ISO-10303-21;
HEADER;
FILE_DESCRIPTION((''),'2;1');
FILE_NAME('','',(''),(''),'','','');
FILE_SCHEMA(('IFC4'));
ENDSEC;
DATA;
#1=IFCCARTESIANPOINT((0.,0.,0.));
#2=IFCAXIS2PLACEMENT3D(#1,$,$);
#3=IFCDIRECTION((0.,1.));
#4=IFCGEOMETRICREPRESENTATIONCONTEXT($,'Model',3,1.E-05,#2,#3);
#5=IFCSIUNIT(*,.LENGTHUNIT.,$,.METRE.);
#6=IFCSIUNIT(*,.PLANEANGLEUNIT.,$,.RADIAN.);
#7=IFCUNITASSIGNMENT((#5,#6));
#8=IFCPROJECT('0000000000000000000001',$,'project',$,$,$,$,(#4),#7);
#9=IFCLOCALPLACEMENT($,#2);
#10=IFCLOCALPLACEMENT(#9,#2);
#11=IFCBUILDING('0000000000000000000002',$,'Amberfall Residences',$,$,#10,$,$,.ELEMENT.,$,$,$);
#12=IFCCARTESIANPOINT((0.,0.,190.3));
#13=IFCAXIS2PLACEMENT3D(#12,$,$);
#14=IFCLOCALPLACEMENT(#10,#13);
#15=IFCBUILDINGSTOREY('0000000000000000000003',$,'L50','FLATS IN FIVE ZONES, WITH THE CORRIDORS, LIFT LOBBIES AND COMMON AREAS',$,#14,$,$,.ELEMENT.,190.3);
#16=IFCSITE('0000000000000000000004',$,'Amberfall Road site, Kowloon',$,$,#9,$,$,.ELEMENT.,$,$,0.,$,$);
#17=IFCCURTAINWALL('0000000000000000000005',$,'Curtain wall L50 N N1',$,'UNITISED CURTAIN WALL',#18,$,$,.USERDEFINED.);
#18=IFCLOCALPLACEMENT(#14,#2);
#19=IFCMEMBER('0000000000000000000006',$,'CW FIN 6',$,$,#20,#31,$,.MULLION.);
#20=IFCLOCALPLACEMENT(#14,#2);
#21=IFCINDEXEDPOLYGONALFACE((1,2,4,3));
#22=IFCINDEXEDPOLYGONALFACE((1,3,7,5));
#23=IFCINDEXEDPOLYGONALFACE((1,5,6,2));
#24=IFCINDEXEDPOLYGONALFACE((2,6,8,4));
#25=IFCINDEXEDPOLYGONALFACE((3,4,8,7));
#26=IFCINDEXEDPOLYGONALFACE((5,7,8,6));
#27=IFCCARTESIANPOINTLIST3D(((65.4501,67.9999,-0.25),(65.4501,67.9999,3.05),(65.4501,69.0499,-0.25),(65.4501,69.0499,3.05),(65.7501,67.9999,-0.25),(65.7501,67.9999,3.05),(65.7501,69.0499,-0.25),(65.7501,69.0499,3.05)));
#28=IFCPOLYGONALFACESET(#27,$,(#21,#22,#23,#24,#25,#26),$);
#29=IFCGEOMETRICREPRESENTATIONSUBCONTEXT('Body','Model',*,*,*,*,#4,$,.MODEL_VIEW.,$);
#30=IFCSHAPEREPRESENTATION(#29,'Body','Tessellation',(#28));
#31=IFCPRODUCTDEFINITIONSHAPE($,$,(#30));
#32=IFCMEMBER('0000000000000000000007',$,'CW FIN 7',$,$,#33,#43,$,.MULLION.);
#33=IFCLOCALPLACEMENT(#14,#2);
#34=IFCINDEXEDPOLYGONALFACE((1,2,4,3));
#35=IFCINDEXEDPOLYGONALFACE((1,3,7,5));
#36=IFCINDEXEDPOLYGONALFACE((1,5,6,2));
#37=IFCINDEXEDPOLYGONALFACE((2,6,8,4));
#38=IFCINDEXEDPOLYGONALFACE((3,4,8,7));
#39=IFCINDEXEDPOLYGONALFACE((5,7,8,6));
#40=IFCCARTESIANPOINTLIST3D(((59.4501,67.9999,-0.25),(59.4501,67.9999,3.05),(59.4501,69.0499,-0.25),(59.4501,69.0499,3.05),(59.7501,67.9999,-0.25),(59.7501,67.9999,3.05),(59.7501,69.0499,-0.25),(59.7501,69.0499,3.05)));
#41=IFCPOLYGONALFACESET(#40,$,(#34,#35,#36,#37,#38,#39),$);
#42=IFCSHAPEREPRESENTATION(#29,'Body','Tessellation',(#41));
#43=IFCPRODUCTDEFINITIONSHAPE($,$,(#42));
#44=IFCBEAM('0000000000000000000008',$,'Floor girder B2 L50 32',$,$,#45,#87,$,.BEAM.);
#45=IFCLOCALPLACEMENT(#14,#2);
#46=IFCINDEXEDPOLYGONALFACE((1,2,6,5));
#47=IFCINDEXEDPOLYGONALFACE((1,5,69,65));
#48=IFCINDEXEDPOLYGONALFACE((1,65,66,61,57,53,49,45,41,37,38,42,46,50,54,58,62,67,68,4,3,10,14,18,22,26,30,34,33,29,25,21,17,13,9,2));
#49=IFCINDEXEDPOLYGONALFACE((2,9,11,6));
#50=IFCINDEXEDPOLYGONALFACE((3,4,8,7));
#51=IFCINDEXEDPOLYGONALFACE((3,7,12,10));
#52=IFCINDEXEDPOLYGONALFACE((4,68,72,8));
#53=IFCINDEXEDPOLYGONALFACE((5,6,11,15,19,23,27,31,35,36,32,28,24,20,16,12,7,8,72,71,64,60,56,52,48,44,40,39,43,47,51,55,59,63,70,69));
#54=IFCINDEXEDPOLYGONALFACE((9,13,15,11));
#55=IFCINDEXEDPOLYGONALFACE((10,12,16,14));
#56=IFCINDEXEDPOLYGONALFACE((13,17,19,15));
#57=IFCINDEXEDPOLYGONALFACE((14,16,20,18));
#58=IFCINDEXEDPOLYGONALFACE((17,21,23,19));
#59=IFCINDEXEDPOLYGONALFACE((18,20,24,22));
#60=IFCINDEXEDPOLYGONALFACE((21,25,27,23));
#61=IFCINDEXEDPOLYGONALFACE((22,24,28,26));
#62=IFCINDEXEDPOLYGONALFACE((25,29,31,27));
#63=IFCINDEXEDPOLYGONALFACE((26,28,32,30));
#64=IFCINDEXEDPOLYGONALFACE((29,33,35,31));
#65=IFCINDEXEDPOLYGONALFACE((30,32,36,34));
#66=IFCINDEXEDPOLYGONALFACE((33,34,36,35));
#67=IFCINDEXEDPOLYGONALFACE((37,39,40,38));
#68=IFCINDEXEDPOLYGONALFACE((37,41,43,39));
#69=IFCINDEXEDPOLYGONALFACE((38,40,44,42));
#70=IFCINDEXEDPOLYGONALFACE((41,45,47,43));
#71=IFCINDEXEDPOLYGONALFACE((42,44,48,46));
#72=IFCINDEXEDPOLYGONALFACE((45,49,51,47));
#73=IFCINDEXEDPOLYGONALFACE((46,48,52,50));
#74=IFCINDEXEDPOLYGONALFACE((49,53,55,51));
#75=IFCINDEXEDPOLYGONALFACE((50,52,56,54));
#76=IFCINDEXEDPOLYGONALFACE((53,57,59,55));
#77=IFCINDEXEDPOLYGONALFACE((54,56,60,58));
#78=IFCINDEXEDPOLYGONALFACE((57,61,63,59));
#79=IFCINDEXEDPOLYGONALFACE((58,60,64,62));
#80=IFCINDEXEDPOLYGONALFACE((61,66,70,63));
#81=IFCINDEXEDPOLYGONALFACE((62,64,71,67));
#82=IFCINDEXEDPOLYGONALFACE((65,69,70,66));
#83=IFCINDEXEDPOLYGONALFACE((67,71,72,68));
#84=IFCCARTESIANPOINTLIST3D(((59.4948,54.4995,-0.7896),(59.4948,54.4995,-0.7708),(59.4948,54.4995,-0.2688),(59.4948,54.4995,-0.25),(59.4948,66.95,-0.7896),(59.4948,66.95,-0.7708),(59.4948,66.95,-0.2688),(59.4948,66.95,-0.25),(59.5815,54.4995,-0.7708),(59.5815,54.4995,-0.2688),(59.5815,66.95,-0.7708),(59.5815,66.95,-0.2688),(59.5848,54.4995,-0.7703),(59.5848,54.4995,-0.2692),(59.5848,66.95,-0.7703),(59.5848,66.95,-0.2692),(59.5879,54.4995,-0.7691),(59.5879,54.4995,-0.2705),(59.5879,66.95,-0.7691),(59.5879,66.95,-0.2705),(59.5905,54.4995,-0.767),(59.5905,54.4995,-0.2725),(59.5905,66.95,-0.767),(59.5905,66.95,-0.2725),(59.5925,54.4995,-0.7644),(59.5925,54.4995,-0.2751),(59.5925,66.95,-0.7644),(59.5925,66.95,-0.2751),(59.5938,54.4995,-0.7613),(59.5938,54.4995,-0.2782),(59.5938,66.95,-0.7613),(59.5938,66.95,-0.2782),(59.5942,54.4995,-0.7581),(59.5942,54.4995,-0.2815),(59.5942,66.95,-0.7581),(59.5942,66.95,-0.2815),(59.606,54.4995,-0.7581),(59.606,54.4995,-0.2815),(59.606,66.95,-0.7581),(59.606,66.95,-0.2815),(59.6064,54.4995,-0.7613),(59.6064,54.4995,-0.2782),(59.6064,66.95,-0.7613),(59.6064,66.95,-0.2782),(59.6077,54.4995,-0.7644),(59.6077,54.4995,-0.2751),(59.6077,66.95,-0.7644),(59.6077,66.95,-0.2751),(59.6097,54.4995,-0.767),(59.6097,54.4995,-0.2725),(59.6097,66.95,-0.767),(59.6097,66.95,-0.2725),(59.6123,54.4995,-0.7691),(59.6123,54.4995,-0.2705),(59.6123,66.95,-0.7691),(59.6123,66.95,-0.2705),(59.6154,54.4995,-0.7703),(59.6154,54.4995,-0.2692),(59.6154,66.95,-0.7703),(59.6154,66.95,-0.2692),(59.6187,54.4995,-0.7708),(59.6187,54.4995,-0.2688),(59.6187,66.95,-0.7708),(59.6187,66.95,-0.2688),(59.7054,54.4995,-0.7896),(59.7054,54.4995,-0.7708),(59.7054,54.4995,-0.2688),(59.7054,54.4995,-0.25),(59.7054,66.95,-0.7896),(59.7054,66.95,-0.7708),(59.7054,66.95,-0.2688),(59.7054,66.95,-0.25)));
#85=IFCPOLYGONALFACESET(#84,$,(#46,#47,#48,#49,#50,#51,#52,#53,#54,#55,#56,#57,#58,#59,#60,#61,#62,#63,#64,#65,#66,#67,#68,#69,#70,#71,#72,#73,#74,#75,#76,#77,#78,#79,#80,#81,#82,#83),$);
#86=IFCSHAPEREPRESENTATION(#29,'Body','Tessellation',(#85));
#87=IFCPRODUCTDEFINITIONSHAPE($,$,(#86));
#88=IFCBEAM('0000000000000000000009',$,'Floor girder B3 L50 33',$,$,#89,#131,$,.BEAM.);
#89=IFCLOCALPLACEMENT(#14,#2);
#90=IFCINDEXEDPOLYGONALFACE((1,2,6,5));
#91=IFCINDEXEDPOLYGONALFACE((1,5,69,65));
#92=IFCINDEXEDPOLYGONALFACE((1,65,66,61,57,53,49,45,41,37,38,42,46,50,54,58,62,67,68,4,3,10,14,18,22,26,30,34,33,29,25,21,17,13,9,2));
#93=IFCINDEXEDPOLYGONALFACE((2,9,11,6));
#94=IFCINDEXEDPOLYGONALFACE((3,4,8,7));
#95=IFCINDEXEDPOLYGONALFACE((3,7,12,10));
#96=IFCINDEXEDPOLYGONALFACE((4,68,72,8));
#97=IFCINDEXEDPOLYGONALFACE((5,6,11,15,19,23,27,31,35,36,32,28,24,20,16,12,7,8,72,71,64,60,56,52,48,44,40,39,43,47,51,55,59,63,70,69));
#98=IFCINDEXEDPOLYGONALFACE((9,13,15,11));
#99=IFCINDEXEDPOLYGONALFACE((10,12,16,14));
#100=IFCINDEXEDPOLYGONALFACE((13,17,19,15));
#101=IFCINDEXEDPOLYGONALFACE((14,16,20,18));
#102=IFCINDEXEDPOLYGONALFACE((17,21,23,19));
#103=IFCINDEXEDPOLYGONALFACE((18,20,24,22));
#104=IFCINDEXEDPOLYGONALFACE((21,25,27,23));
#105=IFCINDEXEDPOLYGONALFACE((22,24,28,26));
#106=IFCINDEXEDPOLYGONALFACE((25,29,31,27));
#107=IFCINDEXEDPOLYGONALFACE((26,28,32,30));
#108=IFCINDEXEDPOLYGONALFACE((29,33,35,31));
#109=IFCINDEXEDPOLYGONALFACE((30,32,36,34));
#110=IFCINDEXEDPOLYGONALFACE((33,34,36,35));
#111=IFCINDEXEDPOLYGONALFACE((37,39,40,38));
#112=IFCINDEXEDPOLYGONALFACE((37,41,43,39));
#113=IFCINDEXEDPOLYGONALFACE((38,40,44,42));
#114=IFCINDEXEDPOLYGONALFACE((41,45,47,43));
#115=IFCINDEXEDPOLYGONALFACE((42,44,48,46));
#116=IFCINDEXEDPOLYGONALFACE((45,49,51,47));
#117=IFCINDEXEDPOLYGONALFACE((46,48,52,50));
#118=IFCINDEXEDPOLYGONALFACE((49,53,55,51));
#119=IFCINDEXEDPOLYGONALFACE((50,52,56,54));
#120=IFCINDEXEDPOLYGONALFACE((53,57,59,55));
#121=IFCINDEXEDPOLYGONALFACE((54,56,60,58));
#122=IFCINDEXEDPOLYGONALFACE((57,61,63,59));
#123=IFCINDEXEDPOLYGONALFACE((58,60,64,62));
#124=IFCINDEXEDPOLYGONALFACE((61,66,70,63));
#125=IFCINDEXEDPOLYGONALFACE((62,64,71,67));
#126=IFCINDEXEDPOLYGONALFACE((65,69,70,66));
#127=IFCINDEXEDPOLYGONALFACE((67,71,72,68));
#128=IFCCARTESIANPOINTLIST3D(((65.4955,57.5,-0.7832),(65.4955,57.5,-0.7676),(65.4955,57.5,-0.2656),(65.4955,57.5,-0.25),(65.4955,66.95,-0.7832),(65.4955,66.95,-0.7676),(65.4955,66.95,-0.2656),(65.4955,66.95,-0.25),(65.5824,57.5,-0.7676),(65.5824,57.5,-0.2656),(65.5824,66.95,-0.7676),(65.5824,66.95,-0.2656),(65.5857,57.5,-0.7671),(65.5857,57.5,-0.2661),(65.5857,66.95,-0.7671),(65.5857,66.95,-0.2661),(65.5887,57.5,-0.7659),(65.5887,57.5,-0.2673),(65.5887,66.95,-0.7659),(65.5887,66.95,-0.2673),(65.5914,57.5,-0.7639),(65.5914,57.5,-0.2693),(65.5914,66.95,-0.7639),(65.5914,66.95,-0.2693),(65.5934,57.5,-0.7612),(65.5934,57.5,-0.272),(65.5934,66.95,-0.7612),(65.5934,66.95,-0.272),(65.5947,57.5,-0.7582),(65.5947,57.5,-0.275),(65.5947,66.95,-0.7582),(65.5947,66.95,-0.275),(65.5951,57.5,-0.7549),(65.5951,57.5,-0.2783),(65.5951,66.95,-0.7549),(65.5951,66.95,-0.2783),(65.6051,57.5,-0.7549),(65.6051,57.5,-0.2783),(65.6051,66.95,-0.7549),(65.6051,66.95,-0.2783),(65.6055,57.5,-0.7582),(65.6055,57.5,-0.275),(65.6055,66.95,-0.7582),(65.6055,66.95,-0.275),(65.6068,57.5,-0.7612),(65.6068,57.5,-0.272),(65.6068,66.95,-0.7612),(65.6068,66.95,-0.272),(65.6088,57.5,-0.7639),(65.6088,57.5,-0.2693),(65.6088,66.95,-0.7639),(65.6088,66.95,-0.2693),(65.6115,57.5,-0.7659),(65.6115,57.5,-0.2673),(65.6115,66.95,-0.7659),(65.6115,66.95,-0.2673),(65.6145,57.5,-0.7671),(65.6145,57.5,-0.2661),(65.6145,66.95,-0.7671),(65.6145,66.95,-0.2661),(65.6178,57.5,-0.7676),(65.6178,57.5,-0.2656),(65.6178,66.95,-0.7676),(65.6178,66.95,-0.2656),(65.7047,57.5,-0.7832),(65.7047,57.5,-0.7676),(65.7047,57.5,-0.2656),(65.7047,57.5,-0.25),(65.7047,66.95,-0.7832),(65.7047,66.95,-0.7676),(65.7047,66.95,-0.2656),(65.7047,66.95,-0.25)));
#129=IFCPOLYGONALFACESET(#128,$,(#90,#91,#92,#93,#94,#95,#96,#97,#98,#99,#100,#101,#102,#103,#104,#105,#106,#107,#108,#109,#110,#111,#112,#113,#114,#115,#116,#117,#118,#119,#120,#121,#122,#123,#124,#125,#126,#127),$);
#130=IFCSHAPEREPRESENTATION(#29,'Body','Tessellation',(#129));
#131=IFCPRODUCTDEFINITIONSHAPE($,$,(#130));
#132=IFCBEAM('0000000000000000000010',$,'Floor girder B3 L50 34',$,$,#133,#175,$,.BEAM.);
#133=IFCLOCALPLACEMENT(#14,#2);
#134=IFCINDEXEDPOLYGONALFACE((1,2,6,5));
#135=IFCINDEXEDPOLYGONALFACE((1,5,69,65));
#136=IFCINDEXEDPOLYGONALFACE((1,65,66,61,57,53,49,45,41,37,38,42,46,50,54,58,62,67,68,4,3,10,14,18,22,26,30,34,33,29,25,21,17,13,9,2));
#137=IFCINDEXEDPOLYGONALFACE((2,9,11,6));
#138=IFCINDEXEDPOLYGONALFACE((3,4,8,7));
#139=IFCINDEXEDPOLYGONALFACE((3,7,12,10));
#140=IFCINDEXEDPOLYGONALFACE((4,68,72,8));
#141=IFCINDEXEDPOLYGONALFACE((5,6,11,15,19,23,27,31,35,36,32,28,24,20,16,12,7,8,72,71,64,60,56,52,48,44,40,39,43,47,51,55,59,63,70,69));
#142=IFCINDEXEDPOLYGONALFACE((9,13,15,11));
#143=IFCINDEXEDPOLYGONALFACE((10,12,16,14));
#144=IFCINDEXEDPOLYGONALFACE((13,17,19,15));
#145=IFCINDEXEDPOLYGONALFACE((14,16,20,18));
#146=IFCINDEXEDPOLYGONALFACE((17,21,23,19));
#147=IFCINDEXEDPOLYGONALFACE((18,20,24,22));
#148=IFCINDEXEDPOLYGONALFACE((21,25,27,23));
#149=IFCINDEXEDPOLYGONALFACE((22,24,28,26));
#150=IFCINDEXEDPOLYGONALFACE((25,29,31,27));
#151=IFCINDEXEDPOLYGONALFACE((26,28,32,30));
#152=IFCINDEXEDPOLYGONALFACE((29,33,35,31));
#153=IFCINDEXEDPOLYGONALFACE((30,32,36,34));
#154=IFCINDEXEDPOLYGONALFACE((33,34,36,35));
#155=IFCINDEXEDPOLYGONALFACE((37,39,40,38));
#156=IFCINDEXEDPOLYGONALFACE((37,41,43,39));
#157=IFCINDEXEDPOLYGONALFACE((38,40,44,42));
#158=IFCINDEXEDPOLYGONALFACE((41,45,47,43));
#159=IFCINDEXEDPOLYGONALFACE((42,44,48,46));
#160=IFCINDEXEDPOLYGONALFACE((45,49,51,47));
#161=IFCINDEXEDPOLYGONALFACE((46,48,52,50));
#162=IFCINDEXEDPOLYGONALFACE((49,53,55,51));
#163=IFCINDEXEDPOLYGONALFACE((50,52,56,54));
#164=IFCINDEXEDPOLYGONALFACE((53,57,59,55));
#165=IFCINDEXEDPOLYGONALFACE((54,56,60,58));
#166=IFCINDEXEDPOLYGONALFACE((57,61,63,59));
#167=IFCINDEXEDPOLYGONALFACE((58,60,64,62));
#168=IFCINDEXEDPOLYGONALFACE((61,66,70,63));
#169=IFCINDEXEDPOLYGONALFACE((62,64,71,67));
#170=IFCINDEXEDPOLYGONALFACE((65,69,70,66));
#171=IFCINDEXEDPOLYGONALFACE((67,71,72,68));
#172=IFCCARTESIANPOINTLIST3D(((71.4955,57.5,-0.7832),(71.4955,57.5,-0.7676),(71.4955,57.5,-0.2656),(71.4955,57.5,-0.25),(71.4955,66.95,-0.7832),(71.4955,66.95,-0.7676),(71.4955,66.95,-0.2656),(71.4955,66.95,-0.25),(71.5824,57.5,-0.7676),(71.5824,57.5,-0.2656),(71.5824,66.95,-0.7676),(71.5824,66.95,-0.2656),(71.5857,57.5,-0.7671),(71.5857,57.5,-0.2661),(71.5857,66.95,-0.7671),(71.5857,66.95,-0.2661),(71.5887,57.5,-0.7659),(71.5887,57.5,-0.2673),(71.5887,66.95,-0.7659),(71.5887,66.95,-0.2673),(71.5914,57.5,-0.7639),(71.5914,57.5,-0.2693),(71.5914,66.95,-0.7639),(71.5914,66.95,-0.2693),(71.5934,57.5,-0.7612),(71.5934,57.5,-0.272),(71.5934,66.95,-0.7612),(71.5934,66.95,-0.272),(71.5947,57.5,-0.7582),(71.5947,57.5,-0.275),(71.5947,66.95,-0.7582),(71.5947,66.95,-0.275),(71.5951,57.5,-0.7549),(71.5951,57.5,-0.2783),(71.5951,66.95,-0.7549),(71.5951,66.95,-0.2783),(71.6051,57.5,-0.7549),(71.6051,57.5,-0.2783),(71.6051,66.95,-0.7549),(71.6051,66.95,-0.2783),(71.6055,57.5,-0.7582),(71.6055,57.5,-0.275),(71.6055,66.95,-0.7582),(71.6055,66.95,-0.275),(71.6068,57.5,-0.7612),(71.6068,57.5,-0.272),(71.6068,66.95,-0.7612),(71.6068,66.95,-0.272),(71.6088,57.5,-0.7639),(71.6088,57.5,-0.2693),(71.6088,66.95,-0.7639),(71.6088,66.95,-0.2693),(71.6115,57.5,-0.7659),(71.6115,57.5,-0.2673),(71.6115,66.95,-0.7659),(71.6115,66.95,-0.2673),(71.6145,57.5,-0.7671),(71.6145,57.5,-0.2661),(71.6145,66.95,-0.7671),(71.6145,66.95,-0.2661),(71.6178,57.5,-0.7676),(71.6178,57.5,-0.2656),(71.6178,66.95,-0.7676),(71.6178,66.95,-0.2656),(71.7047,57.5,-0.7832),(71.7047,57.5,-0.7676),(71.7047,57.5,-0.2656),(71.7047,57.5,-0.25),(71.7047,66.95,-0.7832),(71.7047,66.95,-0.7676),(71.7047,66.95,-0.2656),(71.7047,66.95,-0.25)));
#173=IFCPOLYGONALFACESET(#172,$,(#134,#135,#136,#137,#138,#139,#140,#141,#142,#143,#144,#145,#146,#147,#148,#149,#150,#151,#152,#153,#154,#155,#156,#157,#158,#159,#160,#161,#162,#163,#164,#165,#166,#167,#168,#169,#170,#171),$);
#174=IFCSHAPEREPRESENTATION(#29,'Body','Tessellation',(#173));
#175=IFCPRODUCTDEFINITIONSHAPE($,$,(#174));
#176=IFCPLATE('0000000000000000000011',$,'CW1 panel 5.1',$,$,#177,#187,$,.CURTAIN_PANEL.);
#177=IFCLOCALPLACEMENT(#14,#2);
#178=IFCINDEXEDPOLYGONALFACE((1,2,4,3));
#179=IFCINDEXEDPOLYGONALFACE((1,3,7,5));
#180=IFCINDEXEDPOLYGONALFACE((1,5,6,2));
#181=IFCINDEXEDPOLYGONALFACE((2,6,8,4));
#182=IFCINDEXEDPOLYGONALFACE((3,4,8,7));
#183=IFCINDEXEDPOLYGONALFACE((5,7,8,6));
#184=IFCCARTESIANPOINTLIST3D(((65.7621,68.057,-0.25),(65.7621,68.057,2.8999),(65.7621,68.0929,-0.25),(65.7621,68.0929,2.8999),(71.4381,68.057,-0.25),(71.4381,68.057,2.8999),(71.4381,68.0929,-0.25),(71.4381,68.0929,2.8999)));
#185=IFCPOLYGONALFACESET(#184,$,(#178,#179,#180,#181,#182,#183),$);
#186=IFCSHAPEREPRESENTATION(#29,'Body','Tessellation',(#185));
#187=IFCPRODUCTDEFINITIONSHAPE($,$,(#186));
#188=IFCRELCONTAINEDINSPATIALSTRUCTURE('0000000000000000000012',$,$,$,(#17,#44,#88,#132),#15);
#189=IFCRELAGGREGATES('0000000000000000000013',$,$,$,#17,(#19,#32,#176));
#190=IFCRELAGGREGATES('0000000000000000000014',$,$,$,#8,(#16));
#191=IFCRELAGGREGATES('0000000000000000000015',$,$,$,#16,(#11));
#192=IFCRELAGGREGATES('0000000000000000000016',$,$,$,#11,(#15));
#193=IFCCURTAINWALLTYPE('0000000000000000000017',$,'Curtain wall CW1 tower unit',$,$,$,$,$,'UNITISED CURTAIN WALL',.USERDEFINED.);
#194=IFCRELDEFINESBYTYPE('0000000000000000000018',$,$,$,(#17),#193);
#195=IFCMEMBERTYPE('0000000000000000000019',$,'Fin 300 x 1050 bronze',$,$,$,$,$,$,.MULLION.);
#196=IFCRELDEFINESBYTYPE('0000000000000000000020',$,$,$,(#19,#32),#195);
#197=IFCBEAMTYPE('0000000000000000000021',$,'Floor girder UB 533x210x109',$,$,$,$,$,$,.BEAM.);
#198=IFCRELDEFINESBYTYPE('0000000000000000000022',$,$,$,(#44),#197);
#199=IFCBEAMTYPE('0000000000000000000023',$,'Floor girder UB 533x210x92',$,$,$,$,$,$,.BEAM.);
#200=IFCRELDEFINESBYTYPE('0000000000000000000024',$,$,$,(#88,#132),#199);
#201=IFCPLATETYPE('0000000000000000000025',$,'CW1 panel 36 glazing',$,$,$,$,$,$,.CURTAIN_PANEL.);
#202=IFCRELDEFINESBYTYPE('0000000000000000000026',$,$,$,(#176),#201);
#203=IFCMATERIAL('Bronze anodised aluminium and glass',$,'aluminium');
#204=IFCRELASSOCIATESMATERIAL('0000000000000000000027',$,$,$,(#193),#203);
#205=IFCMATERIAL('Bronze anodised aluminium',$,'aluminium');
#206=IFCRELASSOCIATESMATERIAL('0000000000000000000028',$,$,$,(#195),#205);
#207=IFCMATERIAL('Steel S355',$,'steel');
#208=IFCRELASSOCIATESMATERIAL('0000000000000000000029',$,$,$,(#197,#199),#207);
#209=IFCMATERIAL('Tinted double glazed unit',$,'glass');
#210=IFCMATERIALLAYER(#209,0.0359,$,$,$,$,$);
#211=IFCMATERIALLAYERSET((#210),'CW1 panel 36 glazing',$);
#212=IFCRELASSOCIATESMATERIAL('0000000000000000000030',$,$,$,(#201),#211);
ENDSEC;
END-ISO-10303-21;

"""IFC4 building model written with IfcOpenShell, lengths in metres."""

from ifc_helpers import new_model, si_unit, direction, frame, origin, origin_2d, place, context, subcontext, project, spatial, rectangle, i_section, extrude, material, layer, layer_set, material_profile, profile_set, type_object, element, aggregate, save


model = new_model("IFC4")

# Units and contexts
model_context = context("Model", 3, precision=1e-05, world=origin(), true_north=direction((0.0, 1.0)))
body_context = subcontext(model_context, "Body", "Model", "MODEL_VIEW")
ifc_project = project(units=[si_unit("LENGTHUNIT", "METRE"), si_unit("PLANEANGLEUNIT", "RADIAN")], contexts=[model_context])

# Site, building, storey
site_placement = place(None, origin())
site = spatial("IfcSite", under=ifc_project, at=site_placement, Name="Amberfall Road site, Kowloon", CompositionType="ELEMENT", RefElevation=0.0)
building_placement = place(site_placement, origin())
building = spatial("IfcBuilding", under=site, at=building_placement, Name="Amberfall Residences", CompositionType="ELEMENT")
storey_placement = place(building_placement, frame((0.0, 0.0, 190.3)))
storey = spatial("IfcBuildingStorey", under=building, at=storey_placement, Name="L50", Description="FLATS IN FIVE ZONES, WITH THE CORRIDORS, LIFT LOBBIES AND COMMON AREAS", CompositionType="ELEMENT", Elevation=190.3)

# Curtain wall
ifc_material_1 = material(Name="Bronze anodised aluminium and glass", Category="aluminium")
curtain_wall_type = type_object("IfcCurtainWallType", Name="Curtain wall CW1 tower unit", ElementType="UNITISED CURTAIN WALL", PredefinedType="USERDEFINED", material=ifc_material_1)
curtain_wall_placement = place(storey_placement, origin())
curtain_wall = element("IfcCurtainWall", 1, at=curtain_wall_placement, inside=storey, type_object=curtain_wall_type, Name="Curtain wall L50 N N1", ObjectType="UNITISED CURTAIN WALL", PredefinedType="USERDEFINED")
ifc_material_2 = material(Name="Bronze anodised aluminium", Category="aluminium")

# Shared definitions
ifc_material_3 = material(Name="Steel S355", Category="steel")

# Members
ifc_material_profile_1 = material_profile(ifc_material_2, rectangle(XDim=1.05, YDim=0.3, at=origin_2d()), Name="Fin 300 x 1050 bronze")
ifc_profile_set_1 = profile_set([ifc_material_profile_1], Name="Bronze anodised aluminium")
member_type_1 = type_object("IfcMemberType", Name="Fin 300 x 1050 bronze", PredefinedType="MULLION", material=ifc_profile_set_1)
member_1_placement = place(storey_placement, frame((65.6001, 68.5249, -0.25), z_axis=(0.0, 0.0, 1.0), x_axis=(0.0, -1.0, 0.0)))
member_1 = element("IfcMember", 2, at=member_1_placement, type_object=member_type_1, Name="CW FIN 6", PredefinedType="MULLION", context=body_context, shape_type="SweptSolid", body=[
    extrude(rectangle(XDim=1.05, YDim=0.3, at=origin_2d()), origin(), (0.0, 0.0, 1.0), 3.3),
])
member_2_placement = place(storey_placement, frame((59.6001, 68.5249, -0.25), z_axis=(0.0, 0.0, 1.0), x_axis=(0.0, -1.0, 0.0)))
member_2 = element("IfcMember", 3, at=member_2_placement, type_object=member_type_1, Name="CW FIN 7", PredefinedType="MULLION", context=body_context, shape_type="SweptSolid", body=[
    extrude(rectangle(XDim=1.05, YDim=0.3, at=origin_2d()), origin(), (0.0, 0.0, 1.0), 3.3),
])

# Beams
ifc_material_profile_2 = material_profile(ifc_material_3, i_section(OverallWidth=0.2107, OverallDepth=0.5396, WebThickness=0.0117, FlangeThickness=0.0188, FilletRadius=0.0127, at=origin_2d()), Name="UB 533x210x109")
ifc_profile_set_2 = profile_set([ifc_material_profile_2], Name="Steel S355")
beam_type_1 = type_object("IfcBeamType", Name="Floor girder UB 533x210x109", PredefinedType="BEAM", material=ifc_profile_set_2)
beam_placement = place(storey_placement, frame((59.6001, 66.95, -0.5198), z_axis=(0.0, -1.0, 0.0), x_axis=(1.0, 0.0, 0.0)))
element("IfcBeam", 4, at=beam_placement, inside=storey, type_object=beam_type_1, Name="Floor girder B2 L50 32", PredefinedType="BEAM", context=body_context, shape_type="SweptSolid", body=[
    extrude(i_section(OverallWidth=0.2107, OverallDepth=0.5396, WebThickness=0.0117, FlangeThickness=0.0188, FilletRadius=0.0127, at=origin_2d()), origin(), (0.0, 0.0, 1.0), 12.4504),
])
ifc_material_profile_3 = material_profile(ifc_material_3, i_section(OverallWidth=0.2092, OverallDepth=0.5332, WebThickness=0.01, FlangeThickness=0.0156, FilletRadius=0.0127, at=origin_2d()), Name="UB 533x210x92")
ifc_profile_set_3 = profile_set([ifc_material_profile_3], Name="Steel S355")
beam_type_2 = type_object("IfcBeamType", Name="Floor girder UB 533x210x92", PredefinedType="BEAM", material=ifc_profile_set_3)
for number, where, z_axis, x_axis, name in (
    (5, (65.6001, 66.95, -0.5166), (0.0, -1.0, 0.0), (1.0, 0.0, 0.0), "Floor girder B3 L50 33"),
    (6, (71.6001, 66.95, -0.5166), (0.0, -1.0, 0.0), (1.0, 0.0, 0.0), "Floor girder B3 L50 34"),
):
    element("IfcBeam", number, at=place(storey_placement, frame(where, z_axis=z_axis, x_axis=x_axis)), inside=storey, type_object=beam_type_2, Name=name, PredefinedType="BEAM", context=body_context, shape_type="SweptSolid", body=[
        extrude(i_section(OverallWidth=0.2092, OverallDepth=0.5332, WebThickness=0.01, FlangeThickness=0.0156, FilletRadius=0.0127, at=origin_2d()), origin(), (0.0, 0.0, 1.0), 9.45),
    ])

# Plate
ifc_material_4 = material(Name="Tinted double glazed unit", Category="glass")
ifc_layer_1 = layer(ifc_material_4, 0.0359)
ifc_layer_set_1 = layer_set([ifc_layer_1], Name="CW1 panel 36 glazing")
plate_type = type_object("IfcPlateType", Name="CW1 panel 36 glazing", PredefinedType="CURTAIN_PANEL", material=ifc_layer_set_1)
plate_1_placement = place(storey_placement, frame((68.6001, 68.075, -0.25), z_axis=(0.0, 0.0, 1.0), x_axis=(-1.0, 0.0, 0.0)))
plate_1 = element("IfcPlate", 7, at=plate_1_placement, type_object=plate_type, Name="CW1 panel 5.1", PredefinedType="CURTAIN_PANEL", context=body_context, shape_type="SweptSolid", body=[
    extrude(rectangle(XDim=5.676, YDim=0.0359, at=origin_2d()), origin(), (0.0, 0.0, 1.0), 3.1499),
])
aggregate(curtain_wall, [member_1, member_2, plate_1])

save(model, "model.ifc")
